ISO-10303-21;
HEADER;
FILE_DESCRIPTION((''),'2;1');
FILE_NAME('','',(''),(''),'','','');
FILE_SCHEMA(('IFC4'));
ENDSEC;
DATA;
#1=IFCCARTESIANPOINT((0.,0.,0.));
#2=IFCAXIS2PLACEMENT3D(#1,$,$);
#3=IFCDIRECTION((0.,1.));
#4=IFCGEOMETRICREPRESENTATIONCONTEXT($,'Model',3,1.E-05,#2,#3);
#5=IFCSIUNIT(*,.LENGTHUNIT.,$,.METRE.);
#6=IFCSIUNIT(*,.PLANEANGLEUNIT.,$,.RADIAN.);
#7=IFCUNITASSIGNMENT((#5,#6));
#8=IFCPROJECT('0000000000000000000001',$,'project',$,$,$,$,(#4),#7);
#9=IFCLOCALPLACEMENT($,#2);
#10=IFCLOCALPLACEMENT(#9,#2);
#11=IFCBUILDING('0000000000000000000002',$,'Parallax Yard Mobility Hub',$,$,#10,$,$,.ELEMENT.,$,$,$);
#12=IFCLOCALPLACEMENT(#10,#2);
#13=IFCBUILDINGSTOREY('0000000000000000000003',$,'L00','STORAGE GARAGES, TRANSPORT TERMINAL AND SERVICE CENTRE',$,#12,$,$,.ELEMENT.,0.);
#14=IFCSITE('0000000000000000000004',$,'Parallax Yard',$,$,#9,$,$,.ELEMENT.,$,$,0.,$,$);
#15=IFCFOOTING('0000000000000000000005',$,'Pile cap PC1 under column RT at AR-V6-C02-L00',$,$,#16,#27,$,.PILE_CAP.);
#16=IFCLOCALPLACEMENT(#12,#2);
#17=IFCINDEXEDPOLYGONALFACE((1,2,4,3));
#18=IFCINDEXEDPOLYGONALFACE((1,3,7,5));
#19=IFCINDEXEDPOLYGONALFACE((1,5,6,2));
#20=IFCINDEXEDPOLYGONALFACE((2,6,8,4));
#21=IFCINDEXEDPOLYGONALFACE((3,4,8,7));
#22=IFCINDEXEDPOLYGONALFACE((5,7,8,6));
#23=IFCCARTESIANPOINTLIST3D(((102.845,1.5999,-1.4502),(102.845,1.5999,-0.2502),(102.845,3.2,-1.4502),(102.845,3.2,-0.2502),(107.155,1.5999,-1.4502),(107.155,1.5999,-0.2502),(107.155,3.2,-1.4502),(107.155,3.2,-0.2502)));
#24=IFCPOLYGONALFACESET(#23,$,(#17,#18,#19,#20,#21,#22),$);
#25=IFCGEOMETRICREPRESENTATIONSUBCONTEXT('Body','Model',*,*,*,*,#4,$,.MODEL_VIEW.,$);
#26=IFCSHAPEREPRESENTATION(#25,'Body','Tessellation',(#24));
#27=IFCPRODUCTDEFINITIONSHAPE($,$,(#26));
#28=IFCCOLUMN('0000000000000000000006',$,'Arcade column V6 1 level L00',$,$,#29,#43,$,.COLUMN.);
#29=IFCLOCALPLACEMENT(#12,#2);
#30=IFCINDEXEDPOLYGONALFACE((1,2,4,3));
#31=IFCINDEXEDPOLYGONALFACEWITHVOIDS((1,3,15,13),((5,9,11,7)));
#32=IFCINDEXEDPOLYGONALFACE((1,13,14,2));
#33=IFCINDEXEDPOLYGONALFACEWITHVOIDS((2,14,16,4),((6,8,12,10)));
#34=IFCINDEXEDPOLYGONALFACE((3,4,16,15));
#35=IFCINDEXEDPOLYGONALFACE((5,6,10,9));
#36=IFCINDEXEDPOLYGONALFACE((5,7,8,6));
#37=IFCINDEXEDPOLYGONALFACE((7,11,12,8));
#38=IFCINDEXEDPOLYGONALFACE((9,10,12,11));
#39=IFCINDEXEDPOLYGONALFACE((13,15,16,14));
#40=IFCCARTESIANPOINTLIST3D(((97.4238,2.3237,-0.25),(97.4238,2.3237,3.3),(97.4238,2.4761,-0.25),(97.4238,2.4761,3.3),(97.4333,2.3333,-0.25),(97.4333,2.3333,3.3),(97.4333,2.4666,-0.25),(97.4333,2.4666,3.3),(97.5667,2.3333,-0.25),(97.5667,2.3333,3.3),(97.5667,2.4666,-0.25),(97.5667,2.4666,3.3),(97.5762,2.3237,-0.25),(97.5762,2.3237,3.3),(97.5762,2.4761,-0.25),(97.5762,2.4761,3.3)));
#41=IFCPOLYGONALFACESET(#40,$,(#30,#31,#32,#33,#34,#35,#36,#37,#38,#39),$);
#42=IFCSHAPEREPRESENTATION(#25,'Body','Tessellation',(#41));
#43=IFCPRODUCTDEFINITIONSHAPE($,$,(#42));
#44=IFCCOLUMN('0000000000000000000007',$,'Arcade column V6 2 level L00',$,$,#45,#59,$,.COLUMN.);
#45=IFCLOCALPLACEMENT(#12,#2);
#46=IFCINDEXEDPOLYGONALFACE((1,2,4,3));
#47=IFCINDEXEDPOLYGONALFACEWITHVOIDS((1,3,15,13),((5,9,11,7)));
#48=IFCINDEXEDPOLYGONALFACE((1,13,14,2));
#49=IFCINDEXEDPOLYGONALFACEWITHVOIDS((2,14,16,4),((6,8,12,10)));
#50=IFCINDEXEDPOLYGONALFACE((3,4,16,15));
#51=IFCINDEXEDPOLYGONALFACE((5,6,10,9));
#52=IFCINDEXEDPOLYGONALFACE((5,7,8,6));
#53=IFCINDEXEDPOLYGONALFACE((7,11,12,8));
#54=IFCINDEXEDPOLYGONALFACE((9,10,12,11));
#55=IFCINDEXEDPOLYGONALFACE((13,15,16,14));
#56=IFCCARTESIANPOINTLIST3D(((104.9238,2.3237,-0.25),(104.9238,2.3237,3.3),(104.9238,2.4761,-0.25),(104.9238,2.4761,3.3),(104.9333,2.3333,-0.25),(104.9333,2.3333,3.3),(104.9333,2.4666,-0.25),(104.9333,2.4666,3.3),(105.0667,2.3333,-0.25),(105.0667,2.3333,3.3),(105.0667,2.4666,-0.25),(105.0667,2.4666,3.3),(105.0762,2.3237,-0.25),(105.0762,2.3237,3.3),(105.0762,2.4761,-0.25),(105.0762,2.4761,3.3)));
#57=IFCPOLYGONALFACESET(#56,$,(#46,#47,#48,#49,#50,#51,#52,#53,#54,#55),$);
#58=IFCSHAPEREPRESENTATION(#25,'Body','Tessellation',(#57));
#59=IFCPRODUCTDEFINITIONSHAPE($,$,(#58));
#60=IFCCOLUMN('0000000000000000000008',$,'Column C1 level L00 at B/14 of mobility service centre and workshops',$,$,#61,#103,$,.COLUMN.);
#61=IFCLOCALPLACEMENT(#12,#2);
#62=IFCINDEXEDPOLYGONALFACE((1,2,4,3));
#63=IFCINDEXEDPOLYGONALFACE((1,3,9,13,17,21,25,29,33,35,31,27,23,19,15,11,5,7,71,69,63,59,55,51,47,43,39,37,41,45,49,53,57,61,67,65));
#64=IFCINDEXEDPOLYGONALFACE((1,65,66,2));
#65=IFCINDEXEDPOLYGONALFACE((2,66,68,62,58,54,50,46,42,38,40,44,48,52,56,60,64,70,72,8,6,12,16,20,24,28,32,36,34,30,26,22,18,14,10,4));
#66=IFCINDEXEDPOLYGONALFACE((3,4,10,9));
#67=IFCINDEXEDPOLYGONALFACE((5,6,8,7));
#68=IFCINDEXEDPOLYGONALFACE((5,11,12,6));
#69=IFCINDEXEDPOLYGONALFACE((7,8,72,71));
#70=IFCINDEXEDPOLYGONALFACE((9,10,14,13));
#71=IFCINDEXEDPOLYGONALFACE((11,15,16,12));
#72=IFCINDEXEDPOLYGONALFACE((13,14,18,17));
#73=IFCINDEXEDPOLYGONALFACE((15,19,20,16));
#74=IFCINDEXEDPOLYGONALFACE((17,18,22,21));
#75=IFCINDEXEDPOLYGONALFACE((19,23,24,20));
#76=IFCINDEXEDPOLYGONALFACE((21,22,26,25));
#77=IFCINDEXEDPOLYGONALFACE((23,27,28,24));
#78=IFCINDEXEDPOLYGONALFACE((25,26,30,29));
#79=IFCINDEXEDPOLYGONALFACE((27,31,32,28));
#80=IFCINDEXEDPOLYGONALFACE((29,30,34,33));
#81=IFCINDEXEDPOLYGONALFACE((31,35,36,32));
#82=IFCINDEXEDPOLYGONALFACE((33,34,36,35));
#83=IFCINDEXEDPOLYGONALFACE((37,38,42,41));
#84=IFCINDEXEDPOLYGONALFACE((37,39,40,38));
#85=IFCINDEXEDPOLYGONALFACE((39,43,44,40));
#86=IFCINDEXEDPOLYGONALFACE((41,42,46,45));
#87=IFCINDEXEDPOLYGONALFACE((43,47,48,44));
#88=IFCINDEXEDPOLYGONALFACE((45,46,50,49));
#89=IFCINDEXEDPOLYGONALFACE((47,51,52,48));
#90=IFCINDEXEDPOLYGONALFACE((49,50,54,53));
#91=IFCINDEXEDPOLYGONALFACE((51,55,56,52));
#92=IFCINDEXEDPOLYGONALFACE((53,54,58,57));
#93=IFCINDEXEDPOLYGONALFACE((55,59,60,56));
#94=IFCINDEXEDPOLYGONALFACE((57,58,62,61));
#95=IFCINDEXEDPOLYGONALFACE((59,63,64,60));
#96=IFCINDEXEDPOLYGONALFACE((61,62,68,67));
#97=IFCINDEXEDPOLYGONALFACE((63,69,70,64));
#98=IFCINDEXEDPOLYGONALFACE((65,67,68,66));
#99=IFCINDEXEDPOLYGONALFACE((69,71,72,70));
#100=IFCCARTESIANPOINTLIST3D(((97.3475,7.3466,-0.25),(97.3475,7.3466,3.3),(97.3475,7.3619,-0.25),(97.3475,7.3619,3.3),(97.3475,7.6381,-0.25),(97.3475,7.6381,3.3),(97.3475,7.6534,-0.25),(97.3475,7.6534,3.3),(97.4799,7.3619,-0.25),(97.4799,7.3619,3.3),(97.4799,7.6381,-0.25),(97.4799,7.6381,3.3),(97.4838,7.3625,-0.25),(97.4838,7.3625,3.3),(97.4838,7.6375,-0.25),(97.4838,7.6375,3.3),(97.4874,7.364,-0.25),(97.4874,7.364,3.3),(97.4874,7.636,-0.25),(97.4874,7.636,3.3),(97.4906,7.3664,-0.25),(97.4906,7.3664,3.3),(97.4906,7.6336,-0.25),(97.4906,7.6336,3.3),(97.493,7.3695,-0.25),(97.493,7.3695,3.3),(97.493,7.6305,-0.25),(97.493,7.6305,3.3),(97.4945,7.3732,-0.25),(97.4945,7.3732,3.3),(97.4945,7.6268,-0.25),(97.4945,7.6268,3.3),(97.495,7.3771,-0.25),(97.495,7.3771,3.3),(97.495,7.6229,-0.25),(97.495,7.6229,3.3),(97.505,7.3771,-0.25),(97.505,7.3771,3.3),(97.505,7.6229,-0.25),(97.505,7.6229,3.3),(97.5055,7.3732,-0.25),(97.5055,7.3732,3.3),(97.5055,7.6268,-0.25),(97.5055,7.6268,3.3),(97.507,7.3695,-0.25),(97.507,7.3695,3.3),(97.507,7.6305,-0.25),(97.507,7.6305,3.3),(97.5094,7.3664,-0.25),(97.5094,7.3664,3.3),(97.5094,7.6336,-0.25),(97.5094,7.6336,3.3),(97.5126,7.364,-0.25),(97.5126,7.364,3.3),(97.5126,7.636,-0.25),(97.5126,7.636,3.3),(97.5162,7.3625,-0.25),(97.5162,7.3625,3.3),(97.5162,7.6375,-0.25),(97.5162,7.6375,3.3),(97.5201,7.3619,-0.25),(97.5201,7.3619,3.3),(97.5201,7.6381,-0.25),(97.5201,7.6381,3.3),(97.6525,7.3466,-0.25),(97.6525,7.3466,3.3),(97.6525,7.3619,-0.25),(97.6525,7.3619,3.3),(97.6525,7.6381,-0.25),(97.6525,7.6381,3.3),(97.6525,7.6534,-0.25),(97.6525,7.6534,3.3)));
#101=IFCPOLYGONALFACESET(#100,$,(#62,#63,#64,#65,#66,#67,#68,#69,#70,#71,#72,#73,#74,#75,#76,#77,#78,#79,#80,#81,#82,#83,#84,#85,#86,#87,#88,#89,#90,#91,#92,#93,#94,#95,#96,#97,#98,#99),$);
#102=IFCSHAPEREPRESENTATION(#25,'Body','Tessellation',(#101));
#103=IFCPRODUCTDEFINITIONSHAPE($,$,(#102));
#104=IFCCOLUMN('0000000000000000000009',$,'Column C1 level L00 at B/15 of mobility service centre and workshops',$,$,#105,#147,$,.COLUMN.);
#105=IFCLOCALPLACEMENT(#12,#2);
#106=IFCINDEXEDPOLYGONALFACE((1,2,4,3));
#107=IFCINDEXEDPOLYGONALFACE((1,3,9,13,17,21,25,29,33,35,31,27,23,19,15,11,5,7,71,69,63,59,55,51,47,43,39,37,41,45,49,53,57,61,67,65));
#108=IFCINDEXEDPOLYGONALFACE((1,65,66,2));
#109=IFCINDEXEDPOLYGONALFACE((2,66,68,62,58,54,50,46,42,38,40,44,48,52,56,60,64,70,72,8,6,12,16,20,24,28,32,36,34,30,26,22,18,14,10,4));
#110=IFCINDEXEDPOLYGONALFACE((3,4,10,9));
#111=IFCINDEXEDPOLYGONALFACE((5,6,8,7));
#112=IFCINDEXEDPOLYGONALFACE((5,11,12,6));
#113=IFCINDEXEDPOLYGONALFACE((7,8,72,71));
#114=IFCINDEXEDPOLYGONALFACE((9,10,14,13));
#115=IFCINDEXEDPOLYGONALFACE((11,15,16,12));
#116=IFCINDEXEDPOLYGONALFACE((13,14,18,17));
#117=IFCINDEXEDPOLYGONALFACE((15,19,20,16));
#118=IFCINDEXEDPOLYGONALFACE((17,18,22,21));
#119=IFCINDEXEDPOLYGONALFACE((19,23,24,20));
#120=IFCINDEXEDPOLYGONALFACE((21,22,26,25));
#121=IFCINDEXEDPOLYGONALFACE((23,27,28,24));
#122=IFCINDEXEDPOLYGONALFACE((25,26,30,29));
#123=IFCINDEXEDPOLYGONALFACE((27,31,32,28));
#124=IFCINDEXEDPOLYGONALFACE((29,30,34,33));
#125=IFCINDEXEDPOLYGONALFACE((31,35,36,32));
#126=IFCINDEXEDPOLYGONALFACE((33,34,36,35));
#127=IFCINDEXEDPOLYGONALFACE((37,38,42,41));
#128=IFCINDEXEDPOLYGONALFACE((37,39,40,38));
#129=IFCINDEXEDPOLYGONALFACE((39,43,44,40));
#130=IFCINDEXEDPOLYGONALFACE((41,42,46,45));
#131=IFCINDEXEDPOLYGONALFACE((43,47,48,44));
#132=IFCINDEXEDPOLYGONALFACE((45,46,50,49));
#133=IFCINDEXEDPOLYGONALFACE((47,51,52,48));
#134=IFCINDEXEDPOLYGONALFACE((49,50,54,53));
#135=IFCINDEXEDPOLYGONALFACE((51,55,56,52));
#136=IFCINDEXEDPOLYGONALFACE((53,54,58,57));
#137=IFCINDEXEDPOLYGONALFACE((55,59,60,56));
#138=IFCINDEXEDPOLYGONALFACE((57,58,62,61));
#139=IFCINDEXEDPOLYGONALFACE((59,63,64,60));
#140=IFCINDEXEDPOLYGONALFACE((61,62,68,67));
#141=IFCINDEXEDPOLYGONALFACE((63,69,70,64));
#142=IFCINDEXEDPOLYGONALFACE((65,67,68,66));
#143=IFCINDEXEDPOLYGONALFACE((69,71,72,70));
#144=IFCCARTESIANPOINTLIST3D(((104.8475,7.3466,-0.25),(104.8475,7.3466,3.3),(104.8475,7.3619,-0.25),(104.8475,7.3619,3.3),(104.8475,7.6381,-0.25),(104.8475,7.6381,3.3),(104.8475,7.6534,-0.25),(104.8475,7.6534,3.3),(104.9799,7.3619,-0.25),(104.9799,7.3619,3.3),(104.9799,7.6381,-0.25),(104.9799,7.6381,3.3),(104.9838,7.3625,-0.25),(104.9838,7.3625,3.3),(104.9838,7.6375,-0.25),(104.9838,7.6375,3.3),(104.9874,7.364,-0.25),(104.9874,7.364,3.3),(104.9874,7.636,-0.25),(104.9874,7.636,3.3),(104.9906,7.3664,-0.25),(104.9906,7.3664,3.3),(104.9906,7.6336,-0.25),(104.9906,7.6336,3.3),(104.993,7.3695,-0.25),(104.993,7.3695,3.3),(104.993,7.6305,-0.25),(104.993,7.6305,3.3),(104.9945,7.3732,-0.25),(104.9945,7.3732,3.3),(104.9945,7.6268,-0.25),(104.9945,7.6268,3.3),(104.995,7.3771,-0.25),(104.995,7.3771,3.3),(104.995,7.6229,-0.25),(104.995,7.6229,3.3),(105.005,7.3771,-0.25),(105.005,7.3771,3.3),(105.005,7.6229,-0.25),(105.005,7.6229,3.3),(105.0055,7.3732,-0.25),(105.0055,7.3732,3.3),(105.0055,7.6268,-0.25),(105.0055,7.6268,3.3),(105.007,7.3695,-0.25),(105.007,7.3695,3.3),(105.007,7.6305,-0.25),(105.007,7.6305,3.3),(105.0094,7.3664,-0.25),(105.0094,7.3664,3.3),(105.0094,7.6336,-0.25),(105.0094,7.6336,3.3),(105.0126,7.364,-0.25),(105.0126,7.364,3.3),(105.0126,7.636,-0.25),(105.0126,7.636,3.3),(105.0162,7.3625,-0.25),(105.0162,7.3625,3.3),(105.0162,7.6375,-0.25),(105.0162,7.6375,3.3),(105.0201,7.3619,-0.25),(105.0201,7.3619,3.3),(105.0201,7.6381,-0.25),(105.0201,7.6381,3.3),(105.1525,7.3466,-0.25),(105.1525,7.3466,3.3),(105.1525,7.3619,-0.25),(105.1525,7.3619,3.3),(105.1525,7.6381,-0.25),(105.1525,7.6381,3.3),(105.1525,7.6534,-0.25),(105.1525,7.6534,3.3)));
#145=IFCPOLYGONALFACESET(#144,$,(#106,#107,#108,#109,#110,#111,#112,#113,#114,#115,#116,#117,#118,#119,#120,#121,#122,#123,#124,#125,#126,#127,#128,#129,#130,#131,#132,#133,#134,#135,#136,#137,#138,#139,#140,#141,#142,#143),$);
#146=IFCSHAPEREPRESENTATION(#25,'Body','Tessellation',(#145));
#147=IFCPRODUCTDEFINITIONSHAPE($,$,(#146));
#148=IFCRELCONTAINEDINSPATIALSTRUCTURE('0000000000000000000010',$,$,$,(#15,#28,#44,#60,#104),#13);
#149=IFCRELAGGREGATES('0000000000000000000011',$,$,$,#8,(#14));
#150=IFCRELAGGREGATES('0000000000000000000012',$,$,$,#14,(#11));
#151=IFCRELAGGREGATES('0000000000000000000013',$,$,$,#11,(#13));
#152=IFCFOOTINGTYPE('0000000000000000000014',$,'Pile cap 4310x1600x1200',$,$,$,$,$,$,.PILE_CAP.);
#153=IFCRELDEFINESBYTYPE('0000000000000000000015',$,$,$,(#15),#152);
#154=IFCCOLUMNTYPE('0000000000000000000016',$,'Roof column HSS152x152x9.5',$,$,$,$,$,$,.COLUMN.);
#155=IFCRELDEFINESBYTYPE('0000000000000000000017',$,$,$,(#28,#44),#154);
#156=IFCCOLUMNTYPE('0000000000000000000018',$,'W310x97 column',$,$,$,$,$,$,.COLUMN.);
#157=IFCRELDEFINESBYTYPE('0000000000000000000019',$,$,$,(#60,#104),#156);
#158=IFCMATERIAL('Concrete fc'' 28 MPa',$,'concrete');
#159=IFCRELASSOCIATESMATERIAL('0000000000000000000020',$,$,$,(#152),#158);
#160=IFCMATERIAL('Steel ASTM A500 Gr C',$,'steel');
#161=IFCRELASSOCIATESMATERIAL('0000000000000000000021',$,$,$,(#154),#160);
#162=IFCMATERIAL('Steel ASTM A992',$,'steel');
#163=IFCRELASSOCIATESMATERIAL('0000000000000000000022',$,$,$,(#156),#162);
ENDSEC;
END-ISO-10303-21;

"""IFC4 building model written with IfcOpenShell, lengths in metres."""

from ifc_helpers import new_model, si_unit, direction, frame, origin, origin_2d, place, context, subcontext, project, spatial, rectangle, hollow_rectangle, i_section, extrude, material, material_profile, profile_set, type_object, element, save


model = new_model("IFC4")

# Units and contexts
model_context = context("Model", 3, precision=1e-05, world=origin(), true_north=direction((0.0, 1.0)))
body_context = subcontext(model_context, "Body", "Model", "MODEL_VIEW")
ifc_project = project(units=[si_unit("LENGTHUNIT", "METRE"), si_unit("PLANEANGLEUNIT", "RADIAN")], contexts=[model_context])

# Site, building, storey
site_placement = place(None, origin())
site = spatial("IfcSite", under=ifc_project, at=site_placement, Name="Parallax Yard", CompositionType="ELEMENT", RefElevation=0.0)
building_placement = place(site_placement, origin())
building = spatial("IfcBuilding", under=site, at=building_placement, Name="Parallax Yard Mobility Hub", CompositionType="ELEMENT")
storey_placement = place(building_placement, origin())
storey = spatial("IfcBuildingStorey", under=building, at=storey_placement, Name="L00", Description="STORAGE GARAGES, TRANSPORT TERMINAL AND SERVICE CENTRE", CompositionType="ELEMENT", Elevation=0.0)

# Shared definitions
ifc_material_1 = material(Name="Concrete fc' 28 MPa", Category="concrete")

# Footing
footing_type_1 = type_object("IfcFootingType", Name="Pile cap 4310x1600x1200", PredefinedType="PILE_CAP", material=ifc_material_1)
for number, where, z_axis, x_axis, name in (
    (1, (105.0, 2.3999, -1.4502), (0.0, 0.0, 1.0), (1.0, 0.0, 0.0), "Pile cap PC1 under column RT at AR-V6-C02-L00"),
):
    element("IfcFooting", number, at=place(storey_placement, frame(where, z_axis=z_axis, x_axis=x_axis)), inside=storey, type_object=footing_type_1, Name=name, PredefinedType="PILE_CAP", context=body_context, shape_type="SweptSolid", body=[
        extrude(rectangle(XDim=4.3101, YDim=1.6001, at=origin_2d()), origin(), (0.0, 0.0, 1.0), 1.2),
    ])

# Columns
ifc_material_2 = material(Name="Steel ASTM A500 Gr C", Category="steel")
ifc_material_profile_1 = material_profile(ifc_material_2, hollow_rectangle(XDim=0.1523, YDim=0.1523, WallThickness=0.0095, at=origin_2d()), Name="HSS152x152x9.5")
ifc_profile_set_1 = profile_set([ifc_material_profile_1], Name="Steel ASTM A500 Gr C")
column_type_1 = type_object("IfcColumnType", Name="Roof column HSS152x152x9.5", PredefinedType="COLUMN", material=ifc_profile_set_1)
for number, where, z_axis, x_axis, name in (
    (2, (97.5, 2.3999, -0.25), (0.0, 0.0, 1.0), (1.0, 0.0, 0.0), "Arcade column V6 1 level L00"),
    (3, (105.0, 2.3999, -0.25), (0.0, 0.0, 1.0), (1.0, 0.0, 0.0), "Arcade column V6 2 level L00"),
):
    element("IfcColumn", number, at=place(storey_placement, frame(where, z_axis=z_axis, x_axis=x_axis)), inside=storey, type_object=column_type_1, Name=name, PredefinedType="COLUMN", context=body_context, shape_type="SweptSolid", body=[
        extrude(hollow_rectangle(XDim=0.1523, YDim=0.1523, WallThickness=0.0095, at=origin_2d()), origin(), (0.0, 0.0, 1.0), 3.55),
    ])
ifc_material_3 = material(Name="Steel ASTM A992", Category="steel")
ifc_material_profile_2 = material_profile(ifc_material_3, i_section(OverallWidth=0.3049, OverallDepth=0.3069, WebThickness=0.01, FlangeThickness=0.0154, FilletRadius=0.0151, at=origin_2d()), Name="W310x97")
ifc_profile_set_2 = profile_set([ifc_material_profile_2], Name="Steel ASTM A992")
column_type_2 = type_object("IfcColumnType", Name="W310x97 column", PredefinedType="COLUMN", material=ifc_profile_set_2)
for number, where, z_axis, x_axis, name in (
    (4, (97.5, 7.5, -0.25), (0.0, 0.0, 1.0), (1.0, 0.0, 0.0), "Column C1 level L00 at B/14 of mobility service centre and workshops"),
    (5, (105.0, 7.5, -0.25), (0.0, 0.0, 1.0), (1.0, 0.0, 0.0), "Column C1 level L00 at B/15 of mobility service centre and workshops"),
):
    element("IfcColumn", number, at=place(storey_placement, frame(where, z_axis=z_axis, x_axis=x_axis)), inside=storey, type_object=column_type_2, Name=name, PredefinedType="COLUMN", context=body_context, shape_type="SweptSolid", body=[
        extrude(i_section(OverallWidth=0.3049, OverallDepth=0.3069, WebThickness=0.01, FlangeThickness=0.0154, FilletRadius=0.0151, at=origin_2d()), origin(), (0.0, 0.0, 1.0), 3.55),
    ])

save(model, "model.ifc")
